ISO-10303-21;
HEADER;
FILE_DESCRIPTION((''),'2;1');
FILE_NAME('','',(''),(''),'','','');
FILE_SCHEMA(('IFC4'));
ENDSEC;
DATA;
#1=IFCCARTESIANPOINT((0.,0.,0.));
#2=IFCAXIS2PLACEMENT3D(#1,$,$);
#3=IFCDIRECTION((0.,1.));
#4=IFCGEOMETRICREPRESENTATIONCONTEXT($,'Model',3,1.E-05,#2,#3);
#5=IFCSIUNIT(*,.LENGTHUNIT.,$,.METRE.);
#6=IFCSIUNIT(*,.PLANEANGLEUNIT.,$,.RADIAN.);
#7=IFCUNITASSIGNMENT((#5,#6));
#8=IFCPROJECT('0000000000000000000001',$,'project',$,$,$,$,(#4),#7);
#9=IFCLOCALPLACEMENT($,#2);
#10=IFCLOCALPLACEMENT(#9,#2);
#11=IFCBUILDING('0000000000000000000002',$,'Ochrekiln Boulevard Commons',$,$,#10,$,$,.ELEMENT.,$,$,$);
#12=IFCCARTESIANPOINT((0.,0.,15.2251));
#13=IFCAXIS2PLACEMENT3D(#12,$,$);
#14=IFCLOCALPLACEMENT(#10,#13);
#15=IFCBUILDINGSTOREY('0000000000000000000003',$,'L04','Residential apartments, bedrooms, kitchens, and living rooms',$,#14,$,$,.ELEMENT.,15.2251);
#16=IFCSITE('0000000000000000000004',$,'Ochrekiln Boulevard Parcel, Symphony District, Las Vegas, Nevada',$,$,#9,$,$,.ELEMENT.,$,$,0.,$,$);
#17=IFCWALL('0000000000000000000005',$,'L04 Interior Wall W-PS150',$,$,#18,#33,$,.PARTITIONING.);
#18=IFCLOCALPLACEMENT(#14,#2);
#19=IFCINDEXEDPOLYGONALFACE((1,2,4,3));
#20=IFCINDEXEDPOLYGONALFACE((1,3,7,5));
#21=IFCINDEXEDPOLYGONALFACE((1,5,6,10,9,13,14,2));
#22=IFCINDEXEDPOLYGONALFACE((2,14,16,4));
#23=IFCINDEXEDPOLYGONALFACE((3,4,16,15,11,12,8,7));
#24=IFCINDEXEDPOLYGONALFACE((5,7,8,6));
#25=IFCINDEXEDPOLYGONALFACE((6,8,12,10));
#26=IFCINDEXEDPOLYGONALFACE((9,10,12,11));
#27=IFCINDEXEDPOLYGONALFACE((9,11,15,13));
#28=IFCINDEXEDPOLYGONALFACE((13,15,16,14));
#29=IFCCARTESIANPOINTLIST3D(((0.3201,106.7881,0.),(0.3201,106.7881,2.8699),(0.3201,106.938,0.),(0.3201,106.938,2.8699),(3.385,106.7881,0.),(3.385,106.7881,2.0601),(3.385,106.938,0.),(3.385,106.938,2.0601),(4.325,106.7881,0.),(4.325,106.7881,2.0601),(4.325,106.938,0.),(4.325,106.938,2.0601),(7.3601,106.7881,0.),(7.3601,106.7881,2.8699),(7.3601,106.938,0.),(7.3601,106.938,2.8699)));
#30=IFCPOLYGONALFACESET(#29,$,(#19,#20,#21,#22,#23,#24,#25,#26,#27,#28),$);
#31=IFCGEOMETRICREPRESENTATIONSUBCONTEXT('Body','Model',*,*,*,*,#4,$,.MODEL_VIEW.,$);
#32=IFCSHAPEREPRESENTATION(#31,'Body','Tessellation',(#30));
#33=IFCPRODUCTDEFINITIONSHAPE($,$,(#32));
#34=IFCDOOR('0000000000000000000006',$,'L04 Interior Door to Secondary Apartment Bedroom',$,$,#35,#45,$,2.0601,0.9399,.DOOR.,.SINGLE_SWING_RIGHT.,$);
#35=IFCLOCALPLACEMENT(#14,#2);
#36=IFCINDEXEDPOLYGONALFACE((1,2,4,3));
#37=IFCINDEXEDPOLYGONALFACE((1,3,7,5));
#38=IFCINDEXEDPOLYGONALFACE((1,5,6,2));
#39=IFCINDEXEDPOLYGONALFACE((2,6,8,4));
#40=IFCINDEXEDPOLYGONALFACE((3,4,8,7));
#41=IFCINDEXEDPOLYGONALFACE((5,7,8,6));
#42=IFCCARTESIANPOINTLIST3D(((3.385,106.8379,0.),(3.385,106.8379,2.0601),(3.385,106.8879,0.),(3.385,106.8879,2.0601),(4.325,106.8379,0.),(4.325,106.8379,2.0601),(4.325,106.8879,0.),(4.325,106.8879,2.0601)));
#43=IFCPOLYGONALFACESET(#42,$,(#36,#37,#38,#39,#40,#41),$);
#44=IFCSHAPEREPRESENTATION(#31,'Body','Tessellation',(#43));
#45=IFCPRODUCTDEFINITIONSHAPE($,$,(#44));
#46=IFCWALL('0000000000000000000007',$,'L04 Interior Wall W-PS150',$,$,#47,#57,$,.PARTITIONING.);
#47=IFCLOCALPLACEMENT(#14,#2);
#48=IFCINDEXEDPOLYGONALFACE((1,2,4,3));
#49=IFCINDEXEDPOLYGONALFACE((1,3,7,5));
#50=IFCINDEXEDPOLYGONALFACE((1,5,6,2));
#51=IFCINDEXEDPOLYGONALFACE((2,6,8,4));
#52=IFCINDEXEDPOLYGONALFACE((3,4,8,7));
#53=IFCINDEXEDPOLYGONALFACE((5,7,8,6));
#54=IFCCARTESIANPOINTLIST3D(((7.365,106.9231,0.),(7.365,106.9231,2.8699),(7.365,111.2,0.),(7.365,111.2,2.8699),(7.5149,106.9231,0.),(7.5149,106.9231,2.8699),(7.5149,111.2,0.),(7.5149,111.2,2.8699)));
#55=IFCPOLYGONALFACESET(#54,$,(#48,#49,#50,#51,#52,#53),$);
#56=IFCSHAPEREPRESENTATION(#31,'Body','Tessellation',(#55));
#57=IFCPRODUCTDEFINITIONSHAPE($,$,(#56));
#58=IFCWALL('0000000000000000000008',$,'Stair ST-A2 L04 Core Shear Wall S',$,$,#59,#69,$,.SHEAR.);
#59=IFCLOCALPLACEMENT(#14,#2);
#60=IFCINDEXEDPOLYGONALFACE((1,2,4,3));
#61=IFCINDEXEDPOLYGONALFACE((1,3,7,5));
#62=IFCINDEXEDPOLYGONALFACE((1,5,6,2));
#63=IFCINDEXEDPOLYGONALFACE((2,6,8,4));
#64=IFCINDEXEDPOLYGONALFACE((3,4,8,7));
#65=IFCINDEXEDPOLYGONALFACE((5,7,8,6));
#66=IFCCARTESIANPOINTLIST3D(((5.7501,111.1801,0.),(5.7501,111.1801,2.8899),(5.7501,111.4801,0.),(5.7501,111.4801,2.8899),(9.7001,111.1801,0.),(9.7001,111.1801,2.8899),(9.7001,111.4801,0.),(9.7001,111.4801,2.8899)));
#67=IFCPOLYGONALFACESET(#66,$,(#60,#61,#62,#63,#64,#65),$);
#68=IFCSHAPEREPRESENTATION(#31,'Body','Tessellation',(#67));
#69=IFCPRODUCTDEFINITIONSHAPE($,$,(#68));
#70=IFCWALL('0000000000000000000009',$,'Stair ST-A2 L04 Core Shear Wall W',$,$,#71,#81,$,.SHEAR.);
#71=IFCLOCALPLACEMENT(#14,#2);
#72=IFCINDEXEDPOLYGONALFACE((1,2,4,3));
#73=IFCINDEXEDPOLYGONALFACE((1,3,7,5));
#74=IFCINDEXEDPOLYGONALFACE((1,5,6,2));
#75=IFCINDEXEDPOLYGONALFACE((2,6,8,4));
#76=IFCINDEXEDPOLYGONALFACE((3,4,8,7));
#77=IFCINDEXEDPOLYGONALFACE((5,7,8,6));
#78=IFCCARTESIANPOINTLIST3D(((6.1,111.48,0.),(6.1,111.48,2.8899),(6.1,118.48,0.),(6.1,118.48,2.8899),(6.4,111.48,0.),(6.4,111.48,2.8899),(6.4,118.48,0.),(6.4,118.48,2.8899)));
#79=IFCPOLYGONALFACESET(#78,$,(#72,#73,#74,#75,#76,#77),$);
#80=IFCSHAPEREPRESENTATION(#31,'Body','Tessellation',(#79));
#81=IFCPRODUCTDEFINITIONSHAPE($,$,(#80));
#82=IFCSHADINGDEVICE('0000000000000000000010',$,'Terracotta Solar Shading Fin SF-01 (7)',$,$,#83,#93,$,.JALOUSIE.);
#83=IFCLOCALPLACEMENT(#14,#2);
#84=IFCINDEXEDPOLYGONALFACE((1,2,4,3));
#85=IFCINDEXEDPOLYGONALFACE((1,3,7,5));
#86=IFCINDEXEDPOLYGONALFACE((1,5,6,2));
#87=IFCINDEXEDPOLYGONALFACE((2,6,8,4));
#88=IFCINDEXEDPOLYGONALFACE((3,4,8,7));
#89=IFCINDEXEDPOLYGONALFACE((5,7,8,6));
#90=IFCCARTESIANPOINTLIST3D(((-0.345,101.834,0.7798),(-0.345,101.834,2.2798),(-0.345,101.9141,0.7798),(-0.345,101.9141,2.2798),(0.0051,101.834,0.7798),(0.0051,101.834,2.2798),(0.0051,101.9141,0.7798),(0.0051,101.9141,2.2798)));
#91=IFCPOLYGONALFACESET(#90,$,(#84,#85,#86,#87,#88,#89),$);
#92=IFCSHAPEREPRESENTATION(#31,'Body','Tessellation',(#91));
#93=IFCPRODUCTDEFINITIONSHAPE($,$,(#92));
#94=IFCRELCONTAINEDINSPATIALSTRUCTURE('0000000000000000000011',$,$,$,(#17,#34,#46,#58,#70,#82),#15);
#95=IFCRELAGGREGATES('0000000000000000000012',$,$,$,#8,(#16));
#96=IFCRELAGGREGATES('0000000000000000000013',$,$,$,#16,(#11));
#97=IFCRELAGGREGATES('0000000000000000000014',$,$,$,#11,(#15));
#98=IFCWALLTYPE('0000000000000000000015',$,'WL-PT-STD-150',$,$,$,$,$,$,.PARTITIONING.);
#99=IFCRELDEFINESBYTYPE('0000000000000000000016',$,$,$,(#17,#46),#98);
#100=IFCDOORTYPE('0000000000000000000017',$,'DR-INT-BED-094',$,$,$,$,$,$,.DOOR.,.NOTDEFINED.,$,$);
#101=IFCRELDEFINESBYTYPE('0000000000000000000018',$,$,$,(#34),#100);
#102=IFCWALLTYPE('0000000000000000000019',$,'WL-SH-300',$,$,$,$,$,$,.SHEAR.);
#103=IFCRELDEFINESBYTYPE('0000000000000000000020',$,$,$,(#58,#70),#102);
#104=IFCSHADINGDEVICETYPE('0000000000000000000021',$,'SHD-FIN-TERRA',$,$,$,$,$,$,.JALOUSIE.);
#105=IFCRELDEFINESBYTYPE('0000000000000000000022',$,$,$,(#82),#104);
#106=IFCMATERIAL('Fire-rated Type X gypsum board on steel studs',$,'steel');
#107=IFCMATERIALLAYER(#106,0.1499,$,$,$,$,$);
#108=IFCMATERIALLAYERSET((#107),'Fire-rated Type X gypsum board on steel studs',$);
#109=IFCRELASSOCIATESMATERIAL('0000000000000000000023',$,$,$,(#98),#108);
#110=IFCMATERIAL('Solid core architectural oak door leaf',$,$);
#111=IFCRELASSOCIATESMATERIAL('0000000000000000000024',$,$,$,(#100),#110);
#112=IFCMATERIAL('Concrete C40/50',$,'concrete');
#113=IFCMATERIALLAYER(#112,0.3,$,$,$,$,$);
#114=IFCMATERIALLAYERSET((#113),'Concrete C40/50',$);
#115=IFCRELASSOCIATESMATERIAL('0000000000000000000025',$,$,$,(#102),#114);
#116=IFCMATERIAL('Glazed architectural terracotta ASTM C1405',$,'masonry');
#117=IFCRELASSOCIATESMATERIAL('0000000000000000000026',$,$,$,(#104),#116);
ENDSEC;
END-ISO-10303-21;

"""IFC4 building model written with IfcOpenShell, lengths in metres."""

from ifc_helpers import new_model, si_unit, direction, frame, frame_2d, origin, origin_2d, place, context, subcontext, project, spatial, rectangle, extrude, material, layer, layer_set, type_object, element, fill, save


model = new_model("IFC4")

# Units and contexts
model_context = context("Model", 3, precision=1e-05, world=origin(), true_north=direction((0.0, 1.0)))
body_context = subcontext(model_context, "Body", "Model", "MODEL_VIEW")
ifc_project = project(units=[si_unit("LENGTHUNIT", "METRE"), si_unit("PLANEANGLEUNIT", "RADIAN")], contexts=[model_context])

# Site, building, storey
site_placement = place(None, origin())
site = spatial("IfcSite", under=ifc_project, at=site_placement, Name="Ochrekiln Boulevard Parcel, Symphony District, Las Vegas, Nevada", CompositionType="ELEMENT", RefElevation=0.0)
building_placement = place(site_placement, origin())
building = spatial("IfcBuilding", under=site, at=building_placement, Name="Ochrekiln Boulevard Commons", CompositionType="ELEMENT")
storey_placement = place(building_placement, frame((0.0, 0.0, 15.2251)))
storey = spatial("IfcBuildingStorey", under=building, at=storey_placement, Name="L04", Description="Residential apartments, bedrooms, kitchens, and living rooms", CompositionType="ELEMENT", Elevation=15.2251)

# Shared definitions
ifc_material_1 = material(Name="Concrete C40/50", Category="concrete")

# Wall, opening, door
ifc_material_2 = material(Name="Fire-rated Type X gypsum board on steel studs", Category="steel")
ifc_material_3 = material(Name="Solid core architectural oak door leaf")
ifc_layer_1 = layer(ifc_material_2, 0.1499)
ifc_layer_set_1 = layer_set([ifc_layer_1], Name="Fire-rated Type X gypsum board on steel studs")
wall_type_1 = type_object("IfcWallType", Name="WL-PT-STD-150", PredefinedType="PARTITIONING", material=ifc_layer_set_1)
wall_1_placement = place(storey_placement, frame((0.3201, 106.863, 0.0), z_axis=(0.0, 0.0, 1.0), x_axis=(1.0, 0.0, 0.0)))
wall_1 = element("IfcWall", 1, at=wall_1_placement, inside=storey, type_object=wall_type_1, Name="L04 Interior Wall W-PS150", PredefinedType="PARTITIONING", context=body_context, shape_type="SweptSolid", body=[
    extrude(rectangle(XDim=7.04, YDim=0.1499, at=frame_2d((3.52, 0.0))), origin(), (0.0, 0.0, 1.0), 2.8699),
])
opening_1_placement = place(wall_1_placement, frame((3.0649, 0.0, 0.0)))
opening_1 = element("IfcOpeningElement", 2, at=opening_1_placement, cuts=wall_1, PredefinedType="OPENING", context=body_context, shape_type="SweptSolid", body=[
    extrude(rectangle(XDim=0.9399, YDim=2.0601, at=frame_2d((0.47, 1.03))), frame((0.0, 0.085, 0.0), z_axis=(0.0, -1.0, 0.0), x_axis=(1.0, 0.0, 0.0)), (0.0, 0.0, 1.0), 0.1699),
])
door_type_1 = type_object("IfcDoorType", Name="DR-INT-BED-094", OperationType="NOTDEFINED", PredefinedType="DOOR", material=ifc_material_3)
door_1_placement = place(opening_1_placement, origin())
door_1 = element("IfcDoor", 3, at=door_1_placement, inside=storey, type_object=door_type_1, Name="L04 Interior Door to Secondary Apartment Bedroom", OperationType="SINGLE_SWING_RIGHT", OverallHeight=2.0601, OverallWidth=0.9399, PredefinedType="DOOR", context=body_context, shape_type="SweptSolid", body=[
    extrude(rectangle(XDim=0.9399, YDim=2.0601, at=frame_2d((0.47, 1.03))), frame((0.0, 0.0249, 0.0), z_axis=(0.0, -1.0, 0.0), x_axis=(1.0, 0.0, 0.0)), (0.0, 0.0, 1.0), 0.05),
])
fill(opening_1, door_1)

# Walls
wall_2_placement = place(storey_placement, frame((7.4399, 106.9231, 0.0), z_axis=(0.0, 0.0, 1.0), x_axis=(0.0, 1.0, 0.0)))
element("IfcWall", 4, at=wall_2_placement, inside=storey, type_object=wall_type_1, Name="L04 Interior Wall W-PS150", PredefinedType="PARTITIONING", context=body_context, shape_type="SweptSolid", body=[
    extrude(rectangle(XDim=4.2769, YDim=0.1499, at=frame_2d((2.1384, 0.0))), origin(), (0.0, 0.0, 1.0), 2.8699),
])
ifc_layer_2 = layer(ifc_material_1, 0.3)
ifc_layer_set_2 = layer_set([ifc_layer_2], Name="Concrete C40/50")
wall_type_2 = type_object("IfcWallType", Name="WL-SH-300", PredefinedType="SHEAR", material=ifc_layer_set_2)
wall_3_placement = place(storey_placement, frame((5.75, 111.3301, 0.0), z_axis=(0.0, 0.0, 1.0), x_axis=(1.0, 0.0, 0.0)))
element("IfcWall", 5, at=wall_3_placement, inside=storey, type_object=wall_type_2, Name="Stair ST-A2 L04 Core Shear Wall S", PredefinedType="SHEAR", context=body_context, shape_type="SweptSolid", body=[
    extrude(rectangle(XDim=3.95, YDim=0.3, at=frame_2d((1.9751, 0.0))), origin(), (0.0, 0.0, 1.0), 2.8899),
])
wall_4_placement = place(storey_placement, frame((6.25, 111.48, 0.0), z_axis=(0.0, 0.0, 1.0), x_axis=(0.0, 1.0, 0.0)))
element("IfcWall", 6, at=wall_4_placement, inside=storey, type_object=wall_type_2, Name="Stair ST-A2 L04 Core Shear Wall W", PredefinedType="SHEAR", context=body_context, shape_type="SweptSolid", body=[
    extrude(rectangle(XDim=7.0, YDim=0.3, at=frame_2d((3.5, 0.0))), origin(), (0.0, 0.0, 1.0), 2.8899),
])

# Shading device
ifc_material_4 = material(Name="Glazed architectural terracotta ASTM C1405", Category="masonry")
shading_device_type = type_object("IfcShadingDeviceType", Name="SHD-FIN-TERRA", PredefinedType="JALOUSIE", material=ifc_material_4)
shading_device_placement = place(storey_placement, frame((-0.1699, 101.874, 0.7798), z_axis=(0.0, 0.0, 1.0), x_axis=(1.0, 0.0, 0.0)))
element("IfcShadingDevice", 7, at=shading_device_placement, inside=storey, type_object=shading_device_type, Name="Terracotta Solar Shading Fin SF-01 (7)", PredefinedType="JALOUSIE", context=body_context, shape_type="SweptSolid", body=[
    extrude(rectangle(XDim=0.3501, YDim=0.0801, at=origin_2d()), origin(), (0.0, 0.0, 1.0), 1.5),
])

save(model, "model.ifc")
